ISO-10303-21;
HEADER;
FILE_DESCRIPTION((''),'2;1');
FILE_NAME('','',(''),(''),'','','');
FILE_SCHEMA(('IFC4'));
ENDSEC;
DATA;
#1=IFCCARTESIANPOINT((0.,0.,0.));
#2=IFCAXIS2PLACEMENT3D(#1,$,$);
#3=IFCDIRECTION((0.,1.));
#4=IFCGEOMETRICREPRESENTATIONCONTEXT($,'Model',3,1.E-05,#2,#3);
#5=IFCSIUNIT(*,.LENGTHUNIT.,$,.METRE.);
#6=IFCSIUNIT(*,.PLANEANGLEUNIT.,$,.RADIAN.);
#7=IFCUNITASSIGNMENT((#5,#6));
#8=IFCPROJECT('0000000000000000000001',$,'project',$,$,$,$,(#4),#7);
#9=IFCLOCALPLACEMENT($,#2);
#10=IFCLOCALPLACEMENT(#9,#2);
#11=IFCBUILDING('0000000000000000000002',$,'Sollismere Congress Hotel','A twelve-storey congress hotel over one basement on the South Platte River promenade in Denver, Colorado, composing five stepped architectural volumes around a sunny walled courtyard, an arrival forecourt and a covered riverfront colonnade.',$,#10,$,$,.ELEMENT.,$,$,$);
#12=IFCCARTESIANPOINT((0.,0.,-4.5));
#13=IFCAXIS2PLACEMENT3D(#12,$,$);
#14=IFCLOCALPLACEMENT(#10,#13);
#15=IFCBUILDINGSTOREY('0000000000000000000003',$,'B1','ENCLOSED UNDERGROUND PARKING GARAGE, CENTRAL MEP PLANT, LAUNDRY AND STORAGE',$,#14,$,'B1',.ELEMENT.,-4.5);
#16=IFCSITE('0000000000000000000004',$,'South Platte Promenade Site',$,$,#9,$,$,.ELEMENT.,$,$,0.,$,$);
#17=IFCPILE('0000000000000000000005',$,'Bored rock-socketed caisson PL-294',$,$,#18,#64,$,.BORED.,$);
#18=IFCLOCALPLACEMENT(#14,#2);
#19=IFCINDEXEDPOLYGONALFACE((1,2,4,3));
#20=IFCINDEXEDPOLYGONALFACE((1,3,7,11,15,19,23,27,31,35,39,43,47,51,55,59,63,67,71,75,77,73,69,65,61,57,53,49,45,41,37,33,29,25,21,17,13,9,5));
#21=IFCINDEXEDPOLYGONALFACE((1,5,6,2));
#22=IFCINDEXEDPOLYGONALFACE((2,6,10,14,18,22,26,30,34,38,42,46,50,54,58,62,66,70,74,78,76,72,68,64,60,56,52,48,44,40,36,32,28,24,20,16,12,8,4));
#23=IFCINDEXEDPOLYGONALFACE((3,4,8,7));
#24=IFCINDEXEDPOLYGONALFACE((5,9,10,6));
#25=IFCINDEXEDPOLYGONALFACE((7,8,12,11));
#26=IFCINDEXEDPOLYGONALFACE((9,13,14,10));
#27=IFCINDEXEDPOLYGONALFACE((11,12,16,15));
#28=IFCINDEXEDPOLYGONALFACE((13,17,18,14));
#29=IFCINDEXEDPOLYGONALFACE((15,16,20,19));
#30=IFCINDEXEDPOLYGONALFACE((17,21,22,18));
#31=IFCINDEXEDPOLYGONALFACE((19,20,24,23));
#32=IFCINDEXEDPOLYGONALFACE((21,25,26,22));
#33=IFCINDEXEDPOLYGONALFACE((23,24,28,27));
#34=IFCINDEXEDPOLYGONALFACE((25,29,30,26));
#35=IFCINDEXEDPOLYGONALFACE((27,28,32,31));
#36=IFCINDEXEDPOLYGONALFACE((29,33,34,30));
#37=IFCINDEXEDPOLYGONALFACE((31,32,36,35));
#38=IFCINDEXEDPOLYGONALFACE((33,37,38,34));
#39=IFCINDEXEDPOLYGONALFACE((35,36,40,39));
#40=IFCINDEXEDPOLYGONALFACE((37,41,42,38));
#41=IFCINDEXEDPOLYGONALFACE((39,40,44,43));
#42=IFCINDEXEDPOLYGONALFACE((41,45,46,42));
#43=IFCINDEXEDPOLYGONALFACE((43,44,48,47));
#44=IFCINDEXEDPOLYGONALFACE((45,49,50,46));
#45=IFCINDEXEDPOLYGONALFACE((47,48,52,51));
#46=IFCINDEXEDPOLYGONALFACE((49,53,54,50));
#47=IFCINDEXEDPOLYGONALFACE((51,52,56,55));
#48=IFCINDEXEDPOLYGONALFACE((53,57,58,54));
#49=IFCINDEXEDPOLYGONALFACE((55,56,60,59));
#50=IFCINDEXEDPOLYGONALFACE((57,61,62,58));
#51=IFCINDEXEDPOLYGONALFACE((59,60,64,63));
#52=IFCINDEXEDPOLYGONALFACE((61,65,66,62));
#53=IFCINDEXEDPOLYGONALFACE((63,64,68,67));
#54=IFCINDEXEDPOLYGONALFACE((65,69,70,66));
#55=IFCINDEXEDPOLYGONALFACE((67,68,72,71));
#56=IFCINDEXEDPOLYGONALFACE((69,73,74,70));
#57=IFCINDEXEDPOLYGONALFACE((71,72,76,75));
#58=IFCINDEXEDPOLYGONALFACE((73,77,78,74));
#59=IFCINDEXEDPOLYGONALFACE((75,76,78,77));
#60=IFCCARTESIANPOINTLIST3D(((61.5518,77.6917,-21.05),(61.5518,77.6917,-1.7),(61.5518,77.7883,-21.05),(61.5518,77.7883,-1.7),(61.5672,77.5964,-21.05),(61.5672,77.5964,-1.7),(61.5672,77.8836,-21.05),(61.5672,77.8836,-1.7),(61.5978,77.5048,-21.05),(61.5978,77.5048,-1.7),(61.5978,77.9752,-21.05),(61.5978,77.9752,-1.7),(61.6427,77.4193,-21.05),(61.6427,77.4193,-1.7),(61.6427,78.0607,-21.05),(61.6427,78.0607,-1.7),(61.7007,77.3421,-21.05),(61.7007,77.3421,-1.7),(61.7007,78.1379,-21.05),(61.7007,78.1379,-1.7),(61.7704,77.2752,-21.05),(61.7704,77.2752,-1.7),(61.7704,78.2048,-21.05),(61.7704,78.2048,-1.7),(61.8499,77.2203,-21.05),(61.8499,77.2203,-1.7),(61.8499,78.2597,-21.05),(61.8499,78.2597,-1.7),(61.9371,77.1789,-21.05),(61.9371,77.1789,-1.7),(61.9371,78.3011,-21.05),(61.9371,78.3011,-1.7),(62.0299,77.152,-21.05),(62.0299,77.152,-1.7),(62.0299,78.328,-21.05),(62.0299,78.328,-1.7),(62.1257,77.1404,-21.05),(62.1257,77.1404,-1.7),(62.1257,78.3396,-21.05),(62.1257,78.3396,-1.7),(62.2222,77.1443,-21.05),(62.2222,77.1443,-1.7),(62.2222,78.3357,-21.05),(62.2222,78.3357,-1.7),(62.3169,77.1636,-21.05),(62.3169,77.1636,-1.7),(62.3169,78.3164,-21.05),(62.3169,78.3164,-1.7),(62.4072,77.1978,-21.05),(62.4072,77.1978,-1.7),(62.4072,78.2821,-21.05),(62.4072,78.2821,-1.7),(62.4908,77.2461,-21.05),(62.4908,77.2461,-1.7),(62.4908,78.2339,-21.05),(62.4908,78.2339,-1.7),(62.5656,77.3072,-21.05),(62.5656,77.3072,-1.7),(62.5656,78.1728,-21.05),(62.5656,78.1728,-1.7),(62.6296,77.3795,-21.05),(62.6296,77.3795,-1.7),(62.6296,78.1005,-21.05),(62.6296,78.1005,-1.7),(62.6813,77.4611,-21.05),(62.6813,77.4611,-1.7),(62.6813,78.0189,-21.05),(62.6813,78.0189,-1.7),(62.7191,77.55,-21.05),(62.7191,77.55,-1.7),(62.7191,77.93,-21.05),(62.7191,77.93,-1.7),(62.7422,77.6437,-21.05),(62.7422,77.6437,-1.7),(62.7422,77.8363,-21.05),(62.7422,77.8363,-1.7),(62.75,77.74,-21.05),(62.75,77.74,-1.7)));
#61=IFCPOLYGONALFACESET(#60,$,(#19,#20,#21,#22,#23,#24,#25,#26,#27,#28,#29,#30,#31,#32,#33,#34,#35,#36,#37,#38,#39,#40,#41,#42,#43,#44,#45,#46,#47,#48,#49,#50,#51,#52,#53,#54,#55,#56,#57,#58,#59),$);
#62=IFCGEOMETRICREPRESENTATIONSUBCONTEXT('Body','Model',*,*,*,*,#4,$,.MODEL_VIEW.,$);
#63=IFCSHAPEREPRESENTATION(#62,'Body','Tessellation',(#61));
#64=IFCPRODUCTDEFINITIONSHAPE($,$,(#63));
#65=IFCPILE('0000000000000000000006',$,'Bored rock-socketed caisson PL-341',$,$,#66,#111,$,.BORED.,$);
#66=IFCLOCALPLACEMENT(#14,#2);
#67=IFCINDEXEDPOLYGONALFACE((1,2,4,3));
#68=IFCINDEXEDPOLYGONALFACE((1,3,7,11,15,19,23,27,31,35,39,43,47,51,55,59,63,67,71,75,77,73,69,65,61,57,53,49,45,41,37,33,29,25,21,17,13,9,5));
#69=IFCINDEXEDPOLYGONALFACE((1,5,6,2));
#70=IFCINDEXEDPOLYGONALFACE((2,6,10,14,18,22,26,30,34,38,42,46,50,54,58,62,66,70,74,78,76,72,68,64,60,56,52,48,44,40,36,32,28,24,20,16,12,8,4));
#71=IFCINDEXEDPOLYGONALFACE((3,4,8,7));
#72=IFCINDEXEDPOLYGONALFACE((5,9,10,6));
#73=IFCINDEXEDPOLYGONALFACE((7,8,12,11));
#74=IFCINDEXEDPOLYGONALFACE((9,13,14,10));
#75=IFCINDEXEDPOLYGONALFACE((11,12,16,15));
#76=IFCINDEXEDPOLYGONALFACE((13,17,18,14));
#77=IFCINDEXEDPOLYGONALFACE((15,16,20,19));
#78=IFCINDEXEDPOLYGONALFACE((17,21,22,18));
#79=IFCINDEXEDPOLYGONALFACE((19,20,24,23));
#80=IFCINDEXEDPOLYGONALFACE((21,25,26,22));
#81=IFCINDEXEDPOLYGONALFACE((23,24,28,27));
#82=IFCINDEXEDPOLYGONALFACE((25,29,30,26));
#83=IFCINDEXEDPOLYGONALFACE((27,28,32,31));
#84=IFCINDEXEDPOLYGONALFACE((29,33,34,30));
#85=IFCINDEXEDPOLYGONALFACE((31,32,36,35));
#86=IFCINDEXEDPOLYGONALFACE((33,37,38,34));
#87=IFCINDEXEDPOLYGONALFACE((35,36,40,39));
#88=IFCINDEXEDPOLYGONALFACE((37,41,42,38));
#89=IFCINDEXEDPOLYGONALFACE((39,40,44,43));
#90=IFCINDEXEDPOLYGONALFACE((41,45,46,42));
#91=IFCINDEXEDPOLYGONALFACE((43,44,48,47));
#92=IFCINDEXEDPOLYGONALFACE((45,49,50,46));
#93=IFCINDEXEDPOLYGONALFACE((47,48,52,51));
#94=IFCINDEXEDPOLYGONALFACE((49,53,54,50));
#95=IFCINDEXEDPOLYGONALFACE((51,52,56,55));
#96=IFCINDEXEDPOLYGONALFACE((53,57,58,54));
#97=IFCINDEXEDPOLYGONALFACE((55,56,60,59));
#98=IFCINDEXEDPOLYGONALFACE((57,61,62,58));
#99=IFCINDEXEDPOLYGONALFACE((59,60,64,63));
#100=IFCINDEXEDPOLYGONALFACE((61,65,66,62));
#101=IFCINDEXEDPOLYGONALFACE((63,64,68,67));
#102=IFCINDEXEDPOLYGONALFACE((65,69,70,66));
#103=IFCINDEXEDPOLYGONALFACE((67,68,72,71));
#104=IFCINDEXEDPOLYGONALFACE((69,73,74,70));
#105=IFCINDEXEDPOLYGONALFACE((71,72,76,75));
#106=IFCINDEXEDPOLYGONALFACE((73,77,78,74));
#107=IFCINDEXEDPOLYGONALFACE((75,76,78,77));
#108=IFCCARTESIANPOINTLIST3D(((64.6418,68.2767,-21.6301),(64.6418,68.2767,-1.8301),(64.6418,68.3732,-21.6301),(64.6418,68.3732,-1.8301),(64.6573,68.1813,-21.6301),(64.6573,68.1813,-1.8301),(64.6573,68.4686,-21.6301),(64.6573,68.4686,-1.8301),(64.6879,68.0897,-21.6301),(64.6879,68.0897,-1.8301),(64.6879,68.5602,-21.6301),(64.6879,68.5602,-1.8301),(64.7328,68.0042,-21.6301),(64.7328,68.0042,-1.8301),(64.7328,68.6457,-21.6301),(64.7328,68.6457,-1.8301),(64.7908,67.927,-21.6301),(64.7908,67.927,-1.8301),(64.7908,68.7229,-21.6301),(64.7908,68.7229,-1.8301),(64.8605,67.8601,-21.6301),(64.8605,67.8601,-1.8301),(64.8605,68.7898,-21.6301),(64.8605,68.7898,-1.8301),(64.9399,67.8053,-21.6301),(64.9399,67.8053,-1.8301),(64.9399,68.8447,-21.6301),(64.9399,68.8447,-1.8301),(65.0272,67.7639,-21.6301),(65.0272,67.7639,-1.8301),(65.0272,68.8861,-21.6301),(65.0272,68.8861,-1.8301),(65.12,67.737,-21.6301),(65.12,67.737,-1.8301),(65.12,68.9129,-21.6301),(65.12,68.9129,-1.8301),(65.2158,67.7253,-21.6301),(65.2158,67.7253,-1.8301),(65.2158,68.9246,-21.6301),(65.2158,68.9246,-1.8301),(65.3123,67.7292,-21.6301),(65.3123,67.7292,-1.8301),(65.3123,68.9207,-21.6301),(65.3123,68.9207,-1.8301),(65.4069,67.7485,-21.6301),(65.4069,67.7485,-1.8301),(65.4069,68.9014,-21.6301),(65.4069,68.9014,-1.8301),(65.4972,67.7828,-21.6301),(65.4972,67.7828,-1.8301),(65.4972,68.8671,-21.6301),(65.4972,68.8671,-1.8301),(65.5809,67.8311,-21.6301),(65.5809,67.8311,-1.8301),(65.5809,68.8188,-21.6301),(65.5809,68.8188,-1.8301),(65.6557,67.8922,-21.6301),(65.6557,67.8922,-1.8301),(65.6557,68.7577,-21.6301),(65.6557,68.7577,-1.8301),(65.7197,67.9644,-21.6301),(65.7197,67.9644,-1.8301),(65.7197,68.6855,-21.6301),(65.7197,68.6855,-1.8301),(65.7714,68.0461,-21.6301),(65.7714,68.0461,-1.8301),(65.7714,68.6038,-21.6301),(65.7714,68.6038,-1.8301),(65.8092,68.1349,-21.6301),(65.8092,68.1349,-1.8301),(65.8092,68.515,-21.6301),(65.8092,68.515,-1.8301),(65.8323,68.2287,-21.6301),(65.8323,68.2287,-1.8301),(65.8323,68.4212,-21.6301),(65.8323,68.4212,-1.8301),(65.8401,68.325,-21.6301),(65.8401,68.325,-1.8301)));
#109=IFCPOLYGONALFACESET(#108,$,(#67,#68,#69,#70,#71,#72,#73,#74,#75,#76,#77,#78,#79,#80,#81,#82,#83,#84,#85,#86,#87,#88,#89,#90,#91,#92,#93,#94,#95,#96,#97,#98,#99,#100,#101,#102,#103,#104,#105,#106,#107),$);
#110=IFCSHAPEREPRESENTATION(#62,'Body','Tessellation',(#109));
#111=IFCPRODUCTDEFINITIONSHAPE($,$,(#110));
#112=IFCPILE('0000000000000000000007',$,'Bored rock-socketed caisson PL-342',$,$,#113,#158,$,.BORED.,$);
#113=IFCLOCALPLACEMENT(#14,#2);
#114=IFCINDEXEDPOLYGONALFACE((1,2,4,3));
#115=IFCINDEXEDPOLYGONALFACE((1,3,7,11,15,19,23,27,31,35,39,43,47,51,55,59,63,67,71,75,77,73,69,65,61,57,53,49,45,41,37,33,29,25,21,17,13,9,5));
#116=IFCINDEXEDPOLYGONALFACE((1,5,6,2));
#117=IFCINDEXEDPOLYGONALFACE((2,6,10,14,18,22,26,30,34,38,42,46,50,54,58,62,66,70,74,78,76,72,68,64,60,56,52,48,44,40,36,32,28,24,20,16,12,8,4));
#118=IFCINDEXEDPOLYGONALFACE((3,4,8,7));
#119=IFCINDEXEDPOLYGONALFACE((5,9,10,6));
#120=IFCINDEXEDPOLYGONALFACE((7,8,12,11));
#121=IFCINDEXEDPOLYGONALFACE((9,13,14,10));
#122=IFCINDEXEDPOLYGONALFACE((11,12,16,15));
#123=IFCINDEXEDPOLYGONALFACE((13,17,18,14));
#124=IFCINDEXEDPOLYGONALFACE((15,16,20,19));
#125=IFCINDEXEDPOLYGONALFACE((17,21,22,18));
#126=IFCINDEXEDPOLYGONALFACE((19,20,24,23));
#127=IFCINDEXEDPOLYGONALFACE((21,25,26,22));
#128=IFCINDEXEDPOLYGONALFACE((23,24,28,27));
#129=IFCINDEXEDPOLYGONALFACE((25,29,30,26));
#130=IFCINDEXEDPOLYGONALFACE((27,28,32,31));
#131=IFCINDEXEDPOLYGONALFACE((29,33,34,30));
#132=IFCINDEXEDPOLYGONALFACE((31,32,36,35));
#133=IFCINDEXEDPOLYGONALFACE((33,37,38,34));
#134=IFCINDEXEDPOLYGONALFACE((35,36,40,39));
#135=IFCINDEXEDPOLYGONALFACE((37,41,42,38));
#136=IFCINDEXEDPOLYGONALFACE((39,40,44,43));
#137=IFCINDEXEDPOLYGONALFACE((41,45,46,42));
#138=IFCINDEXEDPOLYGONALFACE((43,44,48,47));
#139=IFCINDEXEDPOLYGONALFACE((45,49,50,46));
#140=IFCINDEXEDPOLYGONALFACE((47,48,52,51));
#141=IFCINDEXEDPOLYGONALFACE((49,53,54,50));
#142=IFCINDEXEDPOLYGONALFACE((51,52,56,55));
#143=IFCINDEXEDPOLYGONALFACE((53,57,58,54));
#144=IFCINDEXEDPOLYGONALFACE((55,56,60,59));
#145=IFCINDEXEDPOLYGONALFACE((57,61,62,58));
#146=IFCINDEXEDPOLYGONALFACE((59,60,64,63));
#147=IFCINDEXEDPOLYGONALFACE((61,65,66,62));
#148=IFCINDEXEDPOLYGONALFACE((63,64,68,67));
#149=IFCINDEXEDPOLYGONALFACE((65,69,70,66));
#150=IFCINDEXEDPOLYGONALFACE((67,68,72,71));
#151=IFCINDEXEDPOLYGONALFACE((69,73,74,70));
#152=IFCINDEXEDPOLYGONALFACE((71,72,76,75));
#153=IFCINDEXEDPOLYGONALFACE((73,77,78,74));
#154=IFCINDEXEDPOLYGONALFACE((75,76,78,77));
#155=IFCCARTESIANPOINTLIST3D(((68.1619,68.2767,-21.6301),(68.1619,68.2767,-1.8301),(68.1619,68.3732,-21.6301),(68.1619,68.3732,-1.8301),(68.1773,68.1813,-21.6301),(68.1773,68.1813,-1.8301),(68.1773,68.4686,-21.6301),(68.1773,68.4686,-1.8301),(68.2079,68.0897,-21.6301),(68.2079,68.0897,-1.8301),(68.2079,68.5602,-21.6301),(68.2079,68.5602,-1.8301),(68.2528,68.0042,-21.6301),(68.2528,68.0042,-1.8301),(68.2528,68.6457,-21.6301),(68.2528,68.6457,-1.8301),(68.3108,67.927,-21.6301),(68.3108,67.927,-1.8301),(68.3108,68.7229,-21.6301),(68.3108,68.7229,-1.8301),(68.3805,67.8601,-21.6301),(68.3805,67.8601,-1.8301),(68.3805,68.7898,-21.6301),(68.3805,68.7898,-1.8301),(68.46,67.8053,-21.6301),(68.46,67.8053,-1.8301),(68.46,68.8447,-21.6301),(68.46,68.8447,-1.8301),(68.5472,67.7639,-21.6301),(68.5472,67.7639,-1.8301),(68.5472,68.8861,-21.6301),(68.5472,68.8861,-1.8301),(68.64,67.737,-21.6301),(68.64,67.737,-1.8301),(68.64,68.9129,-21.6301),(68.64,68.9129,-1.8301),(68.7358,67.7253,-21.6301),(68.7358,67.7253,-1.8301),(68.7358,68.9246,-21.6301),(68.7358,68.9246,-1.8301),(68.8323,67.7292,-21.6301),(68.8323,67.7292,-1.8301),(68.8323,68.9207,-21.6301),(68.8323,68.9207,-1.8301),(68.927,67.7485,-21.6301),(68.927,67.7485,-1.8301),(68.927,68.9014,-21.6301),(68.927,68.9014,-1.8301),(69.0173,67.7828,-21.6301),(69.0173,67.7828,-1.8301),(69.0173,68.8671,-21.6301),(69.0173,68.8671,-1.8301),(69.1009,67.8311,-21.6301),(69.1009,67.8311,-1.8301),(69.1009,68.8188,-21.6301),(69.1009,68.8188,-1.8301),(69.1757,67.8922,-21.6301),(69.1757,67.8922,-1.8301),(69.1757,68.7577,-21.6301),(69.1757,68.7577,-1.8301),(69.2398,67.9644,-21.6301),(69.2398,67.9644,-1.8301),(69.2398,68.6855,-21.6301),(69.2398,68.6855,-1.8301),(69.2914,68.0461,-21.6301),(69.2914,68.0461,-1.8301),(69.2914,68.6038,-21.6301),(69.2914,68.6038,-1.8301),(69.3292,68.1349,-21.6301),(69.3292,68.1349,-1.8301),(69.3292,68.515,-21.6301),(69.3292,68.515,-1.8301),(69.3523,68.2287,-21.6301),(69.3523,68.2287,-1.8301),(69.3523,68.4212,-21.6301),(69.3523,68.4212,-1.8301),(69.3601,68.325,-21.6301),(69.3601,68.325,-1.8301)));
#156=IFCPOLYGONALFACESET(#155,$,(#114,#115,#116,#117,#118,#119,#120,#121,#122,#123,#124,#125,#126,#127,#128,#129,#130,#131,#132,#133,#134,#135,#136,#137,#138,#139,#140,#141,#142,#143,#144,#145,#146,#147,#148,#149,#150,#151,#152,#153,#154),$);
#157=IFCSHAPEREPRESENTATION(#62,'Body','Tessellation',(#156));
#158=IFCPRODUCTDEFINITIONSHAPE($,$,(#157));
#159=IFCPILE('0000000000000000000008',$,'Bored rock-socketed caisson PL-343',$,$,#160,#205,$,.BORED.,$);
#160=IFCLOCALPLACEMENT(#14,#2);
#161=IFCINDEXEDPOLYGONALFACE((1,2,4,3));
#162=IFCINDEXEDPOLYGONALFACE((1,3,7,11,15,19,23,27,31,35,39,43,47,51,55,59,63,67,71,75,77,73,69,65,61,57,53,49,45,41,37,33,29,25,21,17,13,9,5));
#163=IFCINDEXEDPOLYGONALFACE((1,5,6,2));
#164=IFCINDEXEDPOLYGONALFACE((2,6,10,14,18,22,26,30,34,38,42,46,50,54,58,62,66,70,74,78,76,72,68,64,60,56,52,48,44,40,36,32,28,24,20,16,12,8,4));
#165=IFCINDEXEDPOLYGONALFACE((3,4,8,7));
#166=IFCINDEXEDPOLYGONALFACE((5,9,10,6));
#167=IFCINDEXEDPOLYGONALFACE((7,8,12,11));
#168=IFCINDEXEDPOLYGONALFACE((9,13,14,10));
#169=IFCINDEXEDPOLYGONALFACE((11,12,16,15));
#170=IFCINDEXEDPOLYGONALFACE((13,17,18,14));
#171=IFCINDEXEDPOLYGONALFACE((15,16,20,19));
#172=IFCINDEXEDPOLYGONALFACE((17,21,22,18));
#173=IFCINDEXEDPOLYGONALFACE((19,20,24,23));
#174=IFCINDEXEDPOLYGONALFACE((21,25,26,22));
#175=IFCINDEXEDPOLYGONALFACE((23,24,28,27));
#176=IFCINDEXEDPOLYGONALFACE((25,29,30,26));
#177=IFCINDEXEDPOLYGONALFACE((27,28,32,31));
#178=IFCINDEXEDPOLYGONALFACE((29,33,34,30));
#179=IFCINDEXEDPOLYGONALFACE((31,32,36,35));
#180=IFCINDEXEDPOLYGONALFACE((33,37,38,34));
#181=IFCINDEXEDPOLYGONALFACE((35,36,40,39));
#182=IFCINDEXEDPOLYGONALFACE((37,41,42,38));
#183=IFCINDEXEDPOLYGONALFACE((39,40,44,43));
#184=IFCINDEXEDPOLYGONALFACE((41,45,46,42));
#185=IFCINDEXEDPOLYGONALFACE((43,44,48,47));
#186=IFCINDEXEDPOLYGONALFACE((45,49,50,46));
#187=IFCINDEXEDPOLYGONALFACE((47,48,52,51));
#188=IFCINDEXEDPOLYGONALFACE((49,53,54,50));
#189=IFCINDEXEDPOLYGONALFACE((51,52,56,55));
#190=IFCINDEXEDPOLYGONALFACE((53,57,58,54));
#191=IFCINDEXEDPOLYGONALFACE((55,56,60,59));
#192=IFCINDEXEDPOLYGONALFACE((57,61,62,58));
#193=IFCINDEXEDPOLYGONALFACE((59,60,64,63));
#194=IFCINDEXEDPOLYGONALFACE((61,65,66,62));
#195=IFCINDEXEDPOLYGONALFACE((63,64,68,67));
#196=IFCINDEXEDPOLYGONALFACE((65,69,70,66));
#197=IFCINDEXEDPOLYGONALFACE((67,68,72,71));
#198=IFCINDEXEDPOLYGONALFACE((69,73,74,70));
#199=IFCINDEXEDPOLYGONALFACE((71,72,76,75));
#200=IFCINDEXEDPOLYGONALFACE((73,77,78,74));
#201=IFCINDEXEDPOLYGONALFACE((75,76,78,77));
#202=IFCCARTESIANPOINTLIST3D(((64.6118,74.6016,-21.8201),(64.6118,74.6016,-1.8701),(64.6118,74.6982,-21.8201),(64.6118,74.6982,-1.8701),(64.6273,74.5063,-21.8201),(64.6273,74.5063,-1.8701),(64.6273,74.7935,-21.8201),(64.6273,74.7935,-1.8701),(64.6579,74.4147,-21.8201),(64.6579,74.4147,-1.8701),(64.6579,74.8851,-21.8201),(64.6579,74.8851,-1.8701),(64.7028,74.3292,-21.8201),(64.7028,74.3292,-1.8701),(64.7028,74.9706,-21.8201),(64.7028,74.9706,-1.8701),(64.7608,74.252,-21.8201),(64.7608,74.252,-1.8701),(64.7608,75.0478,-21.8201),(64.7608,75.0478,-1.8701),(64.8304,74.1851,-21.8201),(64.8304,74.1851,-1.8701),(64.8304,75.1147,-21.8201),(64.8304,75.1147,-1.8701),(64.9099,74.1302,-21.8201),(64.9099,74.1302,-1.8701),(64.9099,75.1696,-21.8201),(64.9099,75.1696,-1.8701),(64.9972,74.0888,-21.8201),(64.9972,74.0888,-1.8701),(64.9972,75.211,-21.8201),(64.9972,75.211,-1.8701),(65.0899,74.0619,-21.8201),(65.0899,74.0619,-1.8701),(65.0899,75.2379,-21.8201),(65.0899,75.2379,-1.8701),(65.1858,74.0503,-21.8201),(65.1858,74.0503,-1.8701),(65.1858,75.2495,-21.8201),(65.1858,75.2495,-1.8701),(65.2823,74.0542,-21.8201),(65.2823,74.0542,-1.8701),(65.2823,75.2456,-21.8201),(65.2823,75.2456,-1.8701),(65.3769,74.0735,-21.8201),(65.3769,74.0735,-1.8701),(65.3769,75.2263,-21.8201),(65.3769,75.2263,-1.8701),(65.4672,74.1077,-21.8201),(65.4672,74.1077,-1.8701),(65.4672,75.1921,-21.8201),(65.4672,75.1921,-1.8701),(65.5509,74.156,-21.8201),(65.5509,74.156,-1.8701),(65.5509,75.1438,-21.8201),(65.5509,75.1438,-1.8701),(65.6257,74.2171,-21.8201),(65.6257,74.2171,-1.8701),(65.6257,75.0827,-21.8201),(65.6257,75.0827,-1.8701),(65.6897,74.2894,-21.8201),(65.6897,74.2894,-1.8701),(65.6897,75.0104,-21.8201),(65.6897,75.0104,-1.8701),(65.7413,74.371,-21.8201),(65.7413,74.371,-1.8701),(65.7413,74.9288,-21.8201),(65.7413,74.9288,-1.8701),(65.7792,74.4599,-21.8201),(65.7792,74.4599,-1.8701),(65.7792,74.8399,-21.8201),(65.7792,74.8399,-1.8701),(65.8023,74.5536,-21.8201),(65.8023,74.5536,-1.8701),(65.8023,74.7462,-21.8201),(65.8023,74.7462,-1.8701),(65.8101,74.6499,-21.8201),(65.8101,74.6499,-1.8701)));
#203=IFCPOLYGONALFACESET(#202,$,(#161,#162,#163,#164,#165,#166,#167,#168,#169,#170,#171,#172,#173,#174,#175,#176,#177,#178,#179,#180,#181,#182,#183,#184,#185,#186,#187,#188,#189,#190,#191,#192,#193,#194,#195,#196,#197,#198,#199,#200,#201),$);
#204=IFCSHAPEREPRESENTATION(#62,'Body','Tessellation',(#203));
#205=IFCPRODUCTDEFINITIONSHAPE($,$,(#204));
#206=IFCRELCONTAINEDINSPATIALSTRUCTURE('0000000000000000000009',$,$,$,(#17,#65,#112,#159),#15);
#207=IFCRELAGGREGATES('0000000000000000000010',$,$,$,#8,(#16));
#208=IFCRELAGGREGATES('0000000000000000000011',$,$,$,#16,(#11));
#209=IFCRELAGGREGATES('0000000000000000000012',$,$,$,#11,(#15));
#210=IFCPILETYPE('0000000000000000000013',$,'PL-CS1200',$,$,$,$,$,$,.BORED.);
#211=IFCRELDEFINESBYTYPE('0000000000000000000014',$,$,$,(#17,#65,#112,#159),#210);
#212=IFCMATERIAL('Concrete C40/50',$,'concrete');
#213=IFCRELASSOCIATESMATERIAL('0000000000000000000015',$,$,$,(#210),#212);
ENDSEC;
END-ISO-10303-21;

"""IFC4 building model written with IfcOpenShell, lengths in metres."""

from ifc_helpers import new_model, si_unit, direction, frame, origin, origin_2d, place, context, subcontext, project, spatial, circle, extrude, material, material_profile, profile_set, type_object, element, save


model = new_model("IFC4")

# Units and contexts
model_context = context("Model", 3, precision=1e-05, world=origin(), true_north=direction((0.0, 1.0)))
body_context = subcontext(model_context, "Body", "Model", "MODEL_VIEW")
ifc_project = project(units=[si_unit("LENGTHUNIT", "METRE"), si_unit("PLANEANGLEUNIT", "RADIAN")], contexts=[model_context])

# Site, building, storey
site_placement = place(None, origin())
site = spatial("IfcSite", under=ifc_project, at=site_placement, Name="South Platte Promenade Site", CompositionType="ELEMENT", RefElevation=0.0)
building_placement = place(site_placement, origin())
building = spatial("IfcBuilding", under=site, at=building_placement, Name="Sollismere Congress Hotel", Description="A twelve-storey congress hotel over one basement on the South Platte River promenade in Denver, Colorado, composing five stepped architectural volumes around a sunny walled courtyard, an arrival forecourt and a covered riverfront colonnade.", CompositionType="ELEMENT")
storey_placement = place(building_placement, frame((0.0, 0.0, -4.5)))
storey = spatial("IfcBuildingStorey", under=building, at=storey_placement, Name="B1", Description="ENCLOSED UNDERGROUND PARKING GARAGE, CENTRAL MEP PLANT, LAUNDRY AND STORAGE", LongName="B1", CompositionType="ELEMENT", Elevation=-4.5)

# Shared definitions
ifc_material_1 = material(Name="Concrete C40/50", Category="concrete")

# Piles
ifc_material_profile_1 = material_profile(ifc_material_1, circle(Radius=0.6001, at=origin_2d()), Name="CAISSON1200")
ifc_profile_set_1 = profile_set([ifc_material_profile_1], Name="Concrete C40/50")
pile_type = type_object("IfcPileType", Name="PL-CS1200", PredefinedType="BORED", material=ifc_profile_set_1)
for number, where, z_axis, x_axis, name in (
    (1, (62.1499, 77.74, -1.7), (0.0, 0.0, -1.0), (1.0, 0.0, 0.0), "Bored rock-socketed caisson PL-294"),
):
    element("IfcPile", number, at=place(storey_placement, frame(where, z_axis=z_axis, x_axis=x_axis)), inside=storey, type_object=pile_type, Name=name, PredefinedType="BORED", context=body_context, shape_type="SweptSolid", body=[
        extrude(circle(Radius=0.6001, at=origin_2d()), origin(), (0.0, 0.0, 1.0), 19.3501),
    ])
for number, where, z_axis, x_axis, name in (
    (2, (65.24, 68.325, -1.8301), (0.0, 0.0, -1.0), (1.0, 0.0, 0.0), "Bored rock-socketed caisson PL-341"),
    (3, (68.76, 68.325, -1.8301), (0.0, 0.0, -1.0), (1.0, 0.0, 0.0), "Bored rock-socketed caisson PL-342"),
):
    element("IfcPile", number, at=place(storey_placement, frame(where, z_axis=z_axis, x_axis=x_axis)), inside=storey, type_object=pile_type, Name=name, PredefinedType="BORED", context=body_context, shape_type="SweptSolid", body=[
        extrude(circle(Radius=0.6001, at=origin_2d()), origin(), (0.0, 0.0, 1.0), 19.8),
    ])
for number, where, z_axis, x_axis, name in (
    (4, (65.21, 74.6499, -1.8701), (0.0, 0.0, -1.0), (1.0, 0.0, 0.0), "Bored rock-socketed caisson PL-343"),
):
    element("IfcPile", number, at=place(storey_placement, frame(where, z_axis=z_axis, x_axis=x_axis)), inside=storey, type_object=pile_type, Name=name, PredefinedType="BORED", context=body_context, shape_type="SweptSolid", body=[
        extrude(circle(Radius=0.6001, at=origin_2d()), origin(), (0.0, 0.0, 1.0), 19.95),
    ])

save(model, "model.ifc")
